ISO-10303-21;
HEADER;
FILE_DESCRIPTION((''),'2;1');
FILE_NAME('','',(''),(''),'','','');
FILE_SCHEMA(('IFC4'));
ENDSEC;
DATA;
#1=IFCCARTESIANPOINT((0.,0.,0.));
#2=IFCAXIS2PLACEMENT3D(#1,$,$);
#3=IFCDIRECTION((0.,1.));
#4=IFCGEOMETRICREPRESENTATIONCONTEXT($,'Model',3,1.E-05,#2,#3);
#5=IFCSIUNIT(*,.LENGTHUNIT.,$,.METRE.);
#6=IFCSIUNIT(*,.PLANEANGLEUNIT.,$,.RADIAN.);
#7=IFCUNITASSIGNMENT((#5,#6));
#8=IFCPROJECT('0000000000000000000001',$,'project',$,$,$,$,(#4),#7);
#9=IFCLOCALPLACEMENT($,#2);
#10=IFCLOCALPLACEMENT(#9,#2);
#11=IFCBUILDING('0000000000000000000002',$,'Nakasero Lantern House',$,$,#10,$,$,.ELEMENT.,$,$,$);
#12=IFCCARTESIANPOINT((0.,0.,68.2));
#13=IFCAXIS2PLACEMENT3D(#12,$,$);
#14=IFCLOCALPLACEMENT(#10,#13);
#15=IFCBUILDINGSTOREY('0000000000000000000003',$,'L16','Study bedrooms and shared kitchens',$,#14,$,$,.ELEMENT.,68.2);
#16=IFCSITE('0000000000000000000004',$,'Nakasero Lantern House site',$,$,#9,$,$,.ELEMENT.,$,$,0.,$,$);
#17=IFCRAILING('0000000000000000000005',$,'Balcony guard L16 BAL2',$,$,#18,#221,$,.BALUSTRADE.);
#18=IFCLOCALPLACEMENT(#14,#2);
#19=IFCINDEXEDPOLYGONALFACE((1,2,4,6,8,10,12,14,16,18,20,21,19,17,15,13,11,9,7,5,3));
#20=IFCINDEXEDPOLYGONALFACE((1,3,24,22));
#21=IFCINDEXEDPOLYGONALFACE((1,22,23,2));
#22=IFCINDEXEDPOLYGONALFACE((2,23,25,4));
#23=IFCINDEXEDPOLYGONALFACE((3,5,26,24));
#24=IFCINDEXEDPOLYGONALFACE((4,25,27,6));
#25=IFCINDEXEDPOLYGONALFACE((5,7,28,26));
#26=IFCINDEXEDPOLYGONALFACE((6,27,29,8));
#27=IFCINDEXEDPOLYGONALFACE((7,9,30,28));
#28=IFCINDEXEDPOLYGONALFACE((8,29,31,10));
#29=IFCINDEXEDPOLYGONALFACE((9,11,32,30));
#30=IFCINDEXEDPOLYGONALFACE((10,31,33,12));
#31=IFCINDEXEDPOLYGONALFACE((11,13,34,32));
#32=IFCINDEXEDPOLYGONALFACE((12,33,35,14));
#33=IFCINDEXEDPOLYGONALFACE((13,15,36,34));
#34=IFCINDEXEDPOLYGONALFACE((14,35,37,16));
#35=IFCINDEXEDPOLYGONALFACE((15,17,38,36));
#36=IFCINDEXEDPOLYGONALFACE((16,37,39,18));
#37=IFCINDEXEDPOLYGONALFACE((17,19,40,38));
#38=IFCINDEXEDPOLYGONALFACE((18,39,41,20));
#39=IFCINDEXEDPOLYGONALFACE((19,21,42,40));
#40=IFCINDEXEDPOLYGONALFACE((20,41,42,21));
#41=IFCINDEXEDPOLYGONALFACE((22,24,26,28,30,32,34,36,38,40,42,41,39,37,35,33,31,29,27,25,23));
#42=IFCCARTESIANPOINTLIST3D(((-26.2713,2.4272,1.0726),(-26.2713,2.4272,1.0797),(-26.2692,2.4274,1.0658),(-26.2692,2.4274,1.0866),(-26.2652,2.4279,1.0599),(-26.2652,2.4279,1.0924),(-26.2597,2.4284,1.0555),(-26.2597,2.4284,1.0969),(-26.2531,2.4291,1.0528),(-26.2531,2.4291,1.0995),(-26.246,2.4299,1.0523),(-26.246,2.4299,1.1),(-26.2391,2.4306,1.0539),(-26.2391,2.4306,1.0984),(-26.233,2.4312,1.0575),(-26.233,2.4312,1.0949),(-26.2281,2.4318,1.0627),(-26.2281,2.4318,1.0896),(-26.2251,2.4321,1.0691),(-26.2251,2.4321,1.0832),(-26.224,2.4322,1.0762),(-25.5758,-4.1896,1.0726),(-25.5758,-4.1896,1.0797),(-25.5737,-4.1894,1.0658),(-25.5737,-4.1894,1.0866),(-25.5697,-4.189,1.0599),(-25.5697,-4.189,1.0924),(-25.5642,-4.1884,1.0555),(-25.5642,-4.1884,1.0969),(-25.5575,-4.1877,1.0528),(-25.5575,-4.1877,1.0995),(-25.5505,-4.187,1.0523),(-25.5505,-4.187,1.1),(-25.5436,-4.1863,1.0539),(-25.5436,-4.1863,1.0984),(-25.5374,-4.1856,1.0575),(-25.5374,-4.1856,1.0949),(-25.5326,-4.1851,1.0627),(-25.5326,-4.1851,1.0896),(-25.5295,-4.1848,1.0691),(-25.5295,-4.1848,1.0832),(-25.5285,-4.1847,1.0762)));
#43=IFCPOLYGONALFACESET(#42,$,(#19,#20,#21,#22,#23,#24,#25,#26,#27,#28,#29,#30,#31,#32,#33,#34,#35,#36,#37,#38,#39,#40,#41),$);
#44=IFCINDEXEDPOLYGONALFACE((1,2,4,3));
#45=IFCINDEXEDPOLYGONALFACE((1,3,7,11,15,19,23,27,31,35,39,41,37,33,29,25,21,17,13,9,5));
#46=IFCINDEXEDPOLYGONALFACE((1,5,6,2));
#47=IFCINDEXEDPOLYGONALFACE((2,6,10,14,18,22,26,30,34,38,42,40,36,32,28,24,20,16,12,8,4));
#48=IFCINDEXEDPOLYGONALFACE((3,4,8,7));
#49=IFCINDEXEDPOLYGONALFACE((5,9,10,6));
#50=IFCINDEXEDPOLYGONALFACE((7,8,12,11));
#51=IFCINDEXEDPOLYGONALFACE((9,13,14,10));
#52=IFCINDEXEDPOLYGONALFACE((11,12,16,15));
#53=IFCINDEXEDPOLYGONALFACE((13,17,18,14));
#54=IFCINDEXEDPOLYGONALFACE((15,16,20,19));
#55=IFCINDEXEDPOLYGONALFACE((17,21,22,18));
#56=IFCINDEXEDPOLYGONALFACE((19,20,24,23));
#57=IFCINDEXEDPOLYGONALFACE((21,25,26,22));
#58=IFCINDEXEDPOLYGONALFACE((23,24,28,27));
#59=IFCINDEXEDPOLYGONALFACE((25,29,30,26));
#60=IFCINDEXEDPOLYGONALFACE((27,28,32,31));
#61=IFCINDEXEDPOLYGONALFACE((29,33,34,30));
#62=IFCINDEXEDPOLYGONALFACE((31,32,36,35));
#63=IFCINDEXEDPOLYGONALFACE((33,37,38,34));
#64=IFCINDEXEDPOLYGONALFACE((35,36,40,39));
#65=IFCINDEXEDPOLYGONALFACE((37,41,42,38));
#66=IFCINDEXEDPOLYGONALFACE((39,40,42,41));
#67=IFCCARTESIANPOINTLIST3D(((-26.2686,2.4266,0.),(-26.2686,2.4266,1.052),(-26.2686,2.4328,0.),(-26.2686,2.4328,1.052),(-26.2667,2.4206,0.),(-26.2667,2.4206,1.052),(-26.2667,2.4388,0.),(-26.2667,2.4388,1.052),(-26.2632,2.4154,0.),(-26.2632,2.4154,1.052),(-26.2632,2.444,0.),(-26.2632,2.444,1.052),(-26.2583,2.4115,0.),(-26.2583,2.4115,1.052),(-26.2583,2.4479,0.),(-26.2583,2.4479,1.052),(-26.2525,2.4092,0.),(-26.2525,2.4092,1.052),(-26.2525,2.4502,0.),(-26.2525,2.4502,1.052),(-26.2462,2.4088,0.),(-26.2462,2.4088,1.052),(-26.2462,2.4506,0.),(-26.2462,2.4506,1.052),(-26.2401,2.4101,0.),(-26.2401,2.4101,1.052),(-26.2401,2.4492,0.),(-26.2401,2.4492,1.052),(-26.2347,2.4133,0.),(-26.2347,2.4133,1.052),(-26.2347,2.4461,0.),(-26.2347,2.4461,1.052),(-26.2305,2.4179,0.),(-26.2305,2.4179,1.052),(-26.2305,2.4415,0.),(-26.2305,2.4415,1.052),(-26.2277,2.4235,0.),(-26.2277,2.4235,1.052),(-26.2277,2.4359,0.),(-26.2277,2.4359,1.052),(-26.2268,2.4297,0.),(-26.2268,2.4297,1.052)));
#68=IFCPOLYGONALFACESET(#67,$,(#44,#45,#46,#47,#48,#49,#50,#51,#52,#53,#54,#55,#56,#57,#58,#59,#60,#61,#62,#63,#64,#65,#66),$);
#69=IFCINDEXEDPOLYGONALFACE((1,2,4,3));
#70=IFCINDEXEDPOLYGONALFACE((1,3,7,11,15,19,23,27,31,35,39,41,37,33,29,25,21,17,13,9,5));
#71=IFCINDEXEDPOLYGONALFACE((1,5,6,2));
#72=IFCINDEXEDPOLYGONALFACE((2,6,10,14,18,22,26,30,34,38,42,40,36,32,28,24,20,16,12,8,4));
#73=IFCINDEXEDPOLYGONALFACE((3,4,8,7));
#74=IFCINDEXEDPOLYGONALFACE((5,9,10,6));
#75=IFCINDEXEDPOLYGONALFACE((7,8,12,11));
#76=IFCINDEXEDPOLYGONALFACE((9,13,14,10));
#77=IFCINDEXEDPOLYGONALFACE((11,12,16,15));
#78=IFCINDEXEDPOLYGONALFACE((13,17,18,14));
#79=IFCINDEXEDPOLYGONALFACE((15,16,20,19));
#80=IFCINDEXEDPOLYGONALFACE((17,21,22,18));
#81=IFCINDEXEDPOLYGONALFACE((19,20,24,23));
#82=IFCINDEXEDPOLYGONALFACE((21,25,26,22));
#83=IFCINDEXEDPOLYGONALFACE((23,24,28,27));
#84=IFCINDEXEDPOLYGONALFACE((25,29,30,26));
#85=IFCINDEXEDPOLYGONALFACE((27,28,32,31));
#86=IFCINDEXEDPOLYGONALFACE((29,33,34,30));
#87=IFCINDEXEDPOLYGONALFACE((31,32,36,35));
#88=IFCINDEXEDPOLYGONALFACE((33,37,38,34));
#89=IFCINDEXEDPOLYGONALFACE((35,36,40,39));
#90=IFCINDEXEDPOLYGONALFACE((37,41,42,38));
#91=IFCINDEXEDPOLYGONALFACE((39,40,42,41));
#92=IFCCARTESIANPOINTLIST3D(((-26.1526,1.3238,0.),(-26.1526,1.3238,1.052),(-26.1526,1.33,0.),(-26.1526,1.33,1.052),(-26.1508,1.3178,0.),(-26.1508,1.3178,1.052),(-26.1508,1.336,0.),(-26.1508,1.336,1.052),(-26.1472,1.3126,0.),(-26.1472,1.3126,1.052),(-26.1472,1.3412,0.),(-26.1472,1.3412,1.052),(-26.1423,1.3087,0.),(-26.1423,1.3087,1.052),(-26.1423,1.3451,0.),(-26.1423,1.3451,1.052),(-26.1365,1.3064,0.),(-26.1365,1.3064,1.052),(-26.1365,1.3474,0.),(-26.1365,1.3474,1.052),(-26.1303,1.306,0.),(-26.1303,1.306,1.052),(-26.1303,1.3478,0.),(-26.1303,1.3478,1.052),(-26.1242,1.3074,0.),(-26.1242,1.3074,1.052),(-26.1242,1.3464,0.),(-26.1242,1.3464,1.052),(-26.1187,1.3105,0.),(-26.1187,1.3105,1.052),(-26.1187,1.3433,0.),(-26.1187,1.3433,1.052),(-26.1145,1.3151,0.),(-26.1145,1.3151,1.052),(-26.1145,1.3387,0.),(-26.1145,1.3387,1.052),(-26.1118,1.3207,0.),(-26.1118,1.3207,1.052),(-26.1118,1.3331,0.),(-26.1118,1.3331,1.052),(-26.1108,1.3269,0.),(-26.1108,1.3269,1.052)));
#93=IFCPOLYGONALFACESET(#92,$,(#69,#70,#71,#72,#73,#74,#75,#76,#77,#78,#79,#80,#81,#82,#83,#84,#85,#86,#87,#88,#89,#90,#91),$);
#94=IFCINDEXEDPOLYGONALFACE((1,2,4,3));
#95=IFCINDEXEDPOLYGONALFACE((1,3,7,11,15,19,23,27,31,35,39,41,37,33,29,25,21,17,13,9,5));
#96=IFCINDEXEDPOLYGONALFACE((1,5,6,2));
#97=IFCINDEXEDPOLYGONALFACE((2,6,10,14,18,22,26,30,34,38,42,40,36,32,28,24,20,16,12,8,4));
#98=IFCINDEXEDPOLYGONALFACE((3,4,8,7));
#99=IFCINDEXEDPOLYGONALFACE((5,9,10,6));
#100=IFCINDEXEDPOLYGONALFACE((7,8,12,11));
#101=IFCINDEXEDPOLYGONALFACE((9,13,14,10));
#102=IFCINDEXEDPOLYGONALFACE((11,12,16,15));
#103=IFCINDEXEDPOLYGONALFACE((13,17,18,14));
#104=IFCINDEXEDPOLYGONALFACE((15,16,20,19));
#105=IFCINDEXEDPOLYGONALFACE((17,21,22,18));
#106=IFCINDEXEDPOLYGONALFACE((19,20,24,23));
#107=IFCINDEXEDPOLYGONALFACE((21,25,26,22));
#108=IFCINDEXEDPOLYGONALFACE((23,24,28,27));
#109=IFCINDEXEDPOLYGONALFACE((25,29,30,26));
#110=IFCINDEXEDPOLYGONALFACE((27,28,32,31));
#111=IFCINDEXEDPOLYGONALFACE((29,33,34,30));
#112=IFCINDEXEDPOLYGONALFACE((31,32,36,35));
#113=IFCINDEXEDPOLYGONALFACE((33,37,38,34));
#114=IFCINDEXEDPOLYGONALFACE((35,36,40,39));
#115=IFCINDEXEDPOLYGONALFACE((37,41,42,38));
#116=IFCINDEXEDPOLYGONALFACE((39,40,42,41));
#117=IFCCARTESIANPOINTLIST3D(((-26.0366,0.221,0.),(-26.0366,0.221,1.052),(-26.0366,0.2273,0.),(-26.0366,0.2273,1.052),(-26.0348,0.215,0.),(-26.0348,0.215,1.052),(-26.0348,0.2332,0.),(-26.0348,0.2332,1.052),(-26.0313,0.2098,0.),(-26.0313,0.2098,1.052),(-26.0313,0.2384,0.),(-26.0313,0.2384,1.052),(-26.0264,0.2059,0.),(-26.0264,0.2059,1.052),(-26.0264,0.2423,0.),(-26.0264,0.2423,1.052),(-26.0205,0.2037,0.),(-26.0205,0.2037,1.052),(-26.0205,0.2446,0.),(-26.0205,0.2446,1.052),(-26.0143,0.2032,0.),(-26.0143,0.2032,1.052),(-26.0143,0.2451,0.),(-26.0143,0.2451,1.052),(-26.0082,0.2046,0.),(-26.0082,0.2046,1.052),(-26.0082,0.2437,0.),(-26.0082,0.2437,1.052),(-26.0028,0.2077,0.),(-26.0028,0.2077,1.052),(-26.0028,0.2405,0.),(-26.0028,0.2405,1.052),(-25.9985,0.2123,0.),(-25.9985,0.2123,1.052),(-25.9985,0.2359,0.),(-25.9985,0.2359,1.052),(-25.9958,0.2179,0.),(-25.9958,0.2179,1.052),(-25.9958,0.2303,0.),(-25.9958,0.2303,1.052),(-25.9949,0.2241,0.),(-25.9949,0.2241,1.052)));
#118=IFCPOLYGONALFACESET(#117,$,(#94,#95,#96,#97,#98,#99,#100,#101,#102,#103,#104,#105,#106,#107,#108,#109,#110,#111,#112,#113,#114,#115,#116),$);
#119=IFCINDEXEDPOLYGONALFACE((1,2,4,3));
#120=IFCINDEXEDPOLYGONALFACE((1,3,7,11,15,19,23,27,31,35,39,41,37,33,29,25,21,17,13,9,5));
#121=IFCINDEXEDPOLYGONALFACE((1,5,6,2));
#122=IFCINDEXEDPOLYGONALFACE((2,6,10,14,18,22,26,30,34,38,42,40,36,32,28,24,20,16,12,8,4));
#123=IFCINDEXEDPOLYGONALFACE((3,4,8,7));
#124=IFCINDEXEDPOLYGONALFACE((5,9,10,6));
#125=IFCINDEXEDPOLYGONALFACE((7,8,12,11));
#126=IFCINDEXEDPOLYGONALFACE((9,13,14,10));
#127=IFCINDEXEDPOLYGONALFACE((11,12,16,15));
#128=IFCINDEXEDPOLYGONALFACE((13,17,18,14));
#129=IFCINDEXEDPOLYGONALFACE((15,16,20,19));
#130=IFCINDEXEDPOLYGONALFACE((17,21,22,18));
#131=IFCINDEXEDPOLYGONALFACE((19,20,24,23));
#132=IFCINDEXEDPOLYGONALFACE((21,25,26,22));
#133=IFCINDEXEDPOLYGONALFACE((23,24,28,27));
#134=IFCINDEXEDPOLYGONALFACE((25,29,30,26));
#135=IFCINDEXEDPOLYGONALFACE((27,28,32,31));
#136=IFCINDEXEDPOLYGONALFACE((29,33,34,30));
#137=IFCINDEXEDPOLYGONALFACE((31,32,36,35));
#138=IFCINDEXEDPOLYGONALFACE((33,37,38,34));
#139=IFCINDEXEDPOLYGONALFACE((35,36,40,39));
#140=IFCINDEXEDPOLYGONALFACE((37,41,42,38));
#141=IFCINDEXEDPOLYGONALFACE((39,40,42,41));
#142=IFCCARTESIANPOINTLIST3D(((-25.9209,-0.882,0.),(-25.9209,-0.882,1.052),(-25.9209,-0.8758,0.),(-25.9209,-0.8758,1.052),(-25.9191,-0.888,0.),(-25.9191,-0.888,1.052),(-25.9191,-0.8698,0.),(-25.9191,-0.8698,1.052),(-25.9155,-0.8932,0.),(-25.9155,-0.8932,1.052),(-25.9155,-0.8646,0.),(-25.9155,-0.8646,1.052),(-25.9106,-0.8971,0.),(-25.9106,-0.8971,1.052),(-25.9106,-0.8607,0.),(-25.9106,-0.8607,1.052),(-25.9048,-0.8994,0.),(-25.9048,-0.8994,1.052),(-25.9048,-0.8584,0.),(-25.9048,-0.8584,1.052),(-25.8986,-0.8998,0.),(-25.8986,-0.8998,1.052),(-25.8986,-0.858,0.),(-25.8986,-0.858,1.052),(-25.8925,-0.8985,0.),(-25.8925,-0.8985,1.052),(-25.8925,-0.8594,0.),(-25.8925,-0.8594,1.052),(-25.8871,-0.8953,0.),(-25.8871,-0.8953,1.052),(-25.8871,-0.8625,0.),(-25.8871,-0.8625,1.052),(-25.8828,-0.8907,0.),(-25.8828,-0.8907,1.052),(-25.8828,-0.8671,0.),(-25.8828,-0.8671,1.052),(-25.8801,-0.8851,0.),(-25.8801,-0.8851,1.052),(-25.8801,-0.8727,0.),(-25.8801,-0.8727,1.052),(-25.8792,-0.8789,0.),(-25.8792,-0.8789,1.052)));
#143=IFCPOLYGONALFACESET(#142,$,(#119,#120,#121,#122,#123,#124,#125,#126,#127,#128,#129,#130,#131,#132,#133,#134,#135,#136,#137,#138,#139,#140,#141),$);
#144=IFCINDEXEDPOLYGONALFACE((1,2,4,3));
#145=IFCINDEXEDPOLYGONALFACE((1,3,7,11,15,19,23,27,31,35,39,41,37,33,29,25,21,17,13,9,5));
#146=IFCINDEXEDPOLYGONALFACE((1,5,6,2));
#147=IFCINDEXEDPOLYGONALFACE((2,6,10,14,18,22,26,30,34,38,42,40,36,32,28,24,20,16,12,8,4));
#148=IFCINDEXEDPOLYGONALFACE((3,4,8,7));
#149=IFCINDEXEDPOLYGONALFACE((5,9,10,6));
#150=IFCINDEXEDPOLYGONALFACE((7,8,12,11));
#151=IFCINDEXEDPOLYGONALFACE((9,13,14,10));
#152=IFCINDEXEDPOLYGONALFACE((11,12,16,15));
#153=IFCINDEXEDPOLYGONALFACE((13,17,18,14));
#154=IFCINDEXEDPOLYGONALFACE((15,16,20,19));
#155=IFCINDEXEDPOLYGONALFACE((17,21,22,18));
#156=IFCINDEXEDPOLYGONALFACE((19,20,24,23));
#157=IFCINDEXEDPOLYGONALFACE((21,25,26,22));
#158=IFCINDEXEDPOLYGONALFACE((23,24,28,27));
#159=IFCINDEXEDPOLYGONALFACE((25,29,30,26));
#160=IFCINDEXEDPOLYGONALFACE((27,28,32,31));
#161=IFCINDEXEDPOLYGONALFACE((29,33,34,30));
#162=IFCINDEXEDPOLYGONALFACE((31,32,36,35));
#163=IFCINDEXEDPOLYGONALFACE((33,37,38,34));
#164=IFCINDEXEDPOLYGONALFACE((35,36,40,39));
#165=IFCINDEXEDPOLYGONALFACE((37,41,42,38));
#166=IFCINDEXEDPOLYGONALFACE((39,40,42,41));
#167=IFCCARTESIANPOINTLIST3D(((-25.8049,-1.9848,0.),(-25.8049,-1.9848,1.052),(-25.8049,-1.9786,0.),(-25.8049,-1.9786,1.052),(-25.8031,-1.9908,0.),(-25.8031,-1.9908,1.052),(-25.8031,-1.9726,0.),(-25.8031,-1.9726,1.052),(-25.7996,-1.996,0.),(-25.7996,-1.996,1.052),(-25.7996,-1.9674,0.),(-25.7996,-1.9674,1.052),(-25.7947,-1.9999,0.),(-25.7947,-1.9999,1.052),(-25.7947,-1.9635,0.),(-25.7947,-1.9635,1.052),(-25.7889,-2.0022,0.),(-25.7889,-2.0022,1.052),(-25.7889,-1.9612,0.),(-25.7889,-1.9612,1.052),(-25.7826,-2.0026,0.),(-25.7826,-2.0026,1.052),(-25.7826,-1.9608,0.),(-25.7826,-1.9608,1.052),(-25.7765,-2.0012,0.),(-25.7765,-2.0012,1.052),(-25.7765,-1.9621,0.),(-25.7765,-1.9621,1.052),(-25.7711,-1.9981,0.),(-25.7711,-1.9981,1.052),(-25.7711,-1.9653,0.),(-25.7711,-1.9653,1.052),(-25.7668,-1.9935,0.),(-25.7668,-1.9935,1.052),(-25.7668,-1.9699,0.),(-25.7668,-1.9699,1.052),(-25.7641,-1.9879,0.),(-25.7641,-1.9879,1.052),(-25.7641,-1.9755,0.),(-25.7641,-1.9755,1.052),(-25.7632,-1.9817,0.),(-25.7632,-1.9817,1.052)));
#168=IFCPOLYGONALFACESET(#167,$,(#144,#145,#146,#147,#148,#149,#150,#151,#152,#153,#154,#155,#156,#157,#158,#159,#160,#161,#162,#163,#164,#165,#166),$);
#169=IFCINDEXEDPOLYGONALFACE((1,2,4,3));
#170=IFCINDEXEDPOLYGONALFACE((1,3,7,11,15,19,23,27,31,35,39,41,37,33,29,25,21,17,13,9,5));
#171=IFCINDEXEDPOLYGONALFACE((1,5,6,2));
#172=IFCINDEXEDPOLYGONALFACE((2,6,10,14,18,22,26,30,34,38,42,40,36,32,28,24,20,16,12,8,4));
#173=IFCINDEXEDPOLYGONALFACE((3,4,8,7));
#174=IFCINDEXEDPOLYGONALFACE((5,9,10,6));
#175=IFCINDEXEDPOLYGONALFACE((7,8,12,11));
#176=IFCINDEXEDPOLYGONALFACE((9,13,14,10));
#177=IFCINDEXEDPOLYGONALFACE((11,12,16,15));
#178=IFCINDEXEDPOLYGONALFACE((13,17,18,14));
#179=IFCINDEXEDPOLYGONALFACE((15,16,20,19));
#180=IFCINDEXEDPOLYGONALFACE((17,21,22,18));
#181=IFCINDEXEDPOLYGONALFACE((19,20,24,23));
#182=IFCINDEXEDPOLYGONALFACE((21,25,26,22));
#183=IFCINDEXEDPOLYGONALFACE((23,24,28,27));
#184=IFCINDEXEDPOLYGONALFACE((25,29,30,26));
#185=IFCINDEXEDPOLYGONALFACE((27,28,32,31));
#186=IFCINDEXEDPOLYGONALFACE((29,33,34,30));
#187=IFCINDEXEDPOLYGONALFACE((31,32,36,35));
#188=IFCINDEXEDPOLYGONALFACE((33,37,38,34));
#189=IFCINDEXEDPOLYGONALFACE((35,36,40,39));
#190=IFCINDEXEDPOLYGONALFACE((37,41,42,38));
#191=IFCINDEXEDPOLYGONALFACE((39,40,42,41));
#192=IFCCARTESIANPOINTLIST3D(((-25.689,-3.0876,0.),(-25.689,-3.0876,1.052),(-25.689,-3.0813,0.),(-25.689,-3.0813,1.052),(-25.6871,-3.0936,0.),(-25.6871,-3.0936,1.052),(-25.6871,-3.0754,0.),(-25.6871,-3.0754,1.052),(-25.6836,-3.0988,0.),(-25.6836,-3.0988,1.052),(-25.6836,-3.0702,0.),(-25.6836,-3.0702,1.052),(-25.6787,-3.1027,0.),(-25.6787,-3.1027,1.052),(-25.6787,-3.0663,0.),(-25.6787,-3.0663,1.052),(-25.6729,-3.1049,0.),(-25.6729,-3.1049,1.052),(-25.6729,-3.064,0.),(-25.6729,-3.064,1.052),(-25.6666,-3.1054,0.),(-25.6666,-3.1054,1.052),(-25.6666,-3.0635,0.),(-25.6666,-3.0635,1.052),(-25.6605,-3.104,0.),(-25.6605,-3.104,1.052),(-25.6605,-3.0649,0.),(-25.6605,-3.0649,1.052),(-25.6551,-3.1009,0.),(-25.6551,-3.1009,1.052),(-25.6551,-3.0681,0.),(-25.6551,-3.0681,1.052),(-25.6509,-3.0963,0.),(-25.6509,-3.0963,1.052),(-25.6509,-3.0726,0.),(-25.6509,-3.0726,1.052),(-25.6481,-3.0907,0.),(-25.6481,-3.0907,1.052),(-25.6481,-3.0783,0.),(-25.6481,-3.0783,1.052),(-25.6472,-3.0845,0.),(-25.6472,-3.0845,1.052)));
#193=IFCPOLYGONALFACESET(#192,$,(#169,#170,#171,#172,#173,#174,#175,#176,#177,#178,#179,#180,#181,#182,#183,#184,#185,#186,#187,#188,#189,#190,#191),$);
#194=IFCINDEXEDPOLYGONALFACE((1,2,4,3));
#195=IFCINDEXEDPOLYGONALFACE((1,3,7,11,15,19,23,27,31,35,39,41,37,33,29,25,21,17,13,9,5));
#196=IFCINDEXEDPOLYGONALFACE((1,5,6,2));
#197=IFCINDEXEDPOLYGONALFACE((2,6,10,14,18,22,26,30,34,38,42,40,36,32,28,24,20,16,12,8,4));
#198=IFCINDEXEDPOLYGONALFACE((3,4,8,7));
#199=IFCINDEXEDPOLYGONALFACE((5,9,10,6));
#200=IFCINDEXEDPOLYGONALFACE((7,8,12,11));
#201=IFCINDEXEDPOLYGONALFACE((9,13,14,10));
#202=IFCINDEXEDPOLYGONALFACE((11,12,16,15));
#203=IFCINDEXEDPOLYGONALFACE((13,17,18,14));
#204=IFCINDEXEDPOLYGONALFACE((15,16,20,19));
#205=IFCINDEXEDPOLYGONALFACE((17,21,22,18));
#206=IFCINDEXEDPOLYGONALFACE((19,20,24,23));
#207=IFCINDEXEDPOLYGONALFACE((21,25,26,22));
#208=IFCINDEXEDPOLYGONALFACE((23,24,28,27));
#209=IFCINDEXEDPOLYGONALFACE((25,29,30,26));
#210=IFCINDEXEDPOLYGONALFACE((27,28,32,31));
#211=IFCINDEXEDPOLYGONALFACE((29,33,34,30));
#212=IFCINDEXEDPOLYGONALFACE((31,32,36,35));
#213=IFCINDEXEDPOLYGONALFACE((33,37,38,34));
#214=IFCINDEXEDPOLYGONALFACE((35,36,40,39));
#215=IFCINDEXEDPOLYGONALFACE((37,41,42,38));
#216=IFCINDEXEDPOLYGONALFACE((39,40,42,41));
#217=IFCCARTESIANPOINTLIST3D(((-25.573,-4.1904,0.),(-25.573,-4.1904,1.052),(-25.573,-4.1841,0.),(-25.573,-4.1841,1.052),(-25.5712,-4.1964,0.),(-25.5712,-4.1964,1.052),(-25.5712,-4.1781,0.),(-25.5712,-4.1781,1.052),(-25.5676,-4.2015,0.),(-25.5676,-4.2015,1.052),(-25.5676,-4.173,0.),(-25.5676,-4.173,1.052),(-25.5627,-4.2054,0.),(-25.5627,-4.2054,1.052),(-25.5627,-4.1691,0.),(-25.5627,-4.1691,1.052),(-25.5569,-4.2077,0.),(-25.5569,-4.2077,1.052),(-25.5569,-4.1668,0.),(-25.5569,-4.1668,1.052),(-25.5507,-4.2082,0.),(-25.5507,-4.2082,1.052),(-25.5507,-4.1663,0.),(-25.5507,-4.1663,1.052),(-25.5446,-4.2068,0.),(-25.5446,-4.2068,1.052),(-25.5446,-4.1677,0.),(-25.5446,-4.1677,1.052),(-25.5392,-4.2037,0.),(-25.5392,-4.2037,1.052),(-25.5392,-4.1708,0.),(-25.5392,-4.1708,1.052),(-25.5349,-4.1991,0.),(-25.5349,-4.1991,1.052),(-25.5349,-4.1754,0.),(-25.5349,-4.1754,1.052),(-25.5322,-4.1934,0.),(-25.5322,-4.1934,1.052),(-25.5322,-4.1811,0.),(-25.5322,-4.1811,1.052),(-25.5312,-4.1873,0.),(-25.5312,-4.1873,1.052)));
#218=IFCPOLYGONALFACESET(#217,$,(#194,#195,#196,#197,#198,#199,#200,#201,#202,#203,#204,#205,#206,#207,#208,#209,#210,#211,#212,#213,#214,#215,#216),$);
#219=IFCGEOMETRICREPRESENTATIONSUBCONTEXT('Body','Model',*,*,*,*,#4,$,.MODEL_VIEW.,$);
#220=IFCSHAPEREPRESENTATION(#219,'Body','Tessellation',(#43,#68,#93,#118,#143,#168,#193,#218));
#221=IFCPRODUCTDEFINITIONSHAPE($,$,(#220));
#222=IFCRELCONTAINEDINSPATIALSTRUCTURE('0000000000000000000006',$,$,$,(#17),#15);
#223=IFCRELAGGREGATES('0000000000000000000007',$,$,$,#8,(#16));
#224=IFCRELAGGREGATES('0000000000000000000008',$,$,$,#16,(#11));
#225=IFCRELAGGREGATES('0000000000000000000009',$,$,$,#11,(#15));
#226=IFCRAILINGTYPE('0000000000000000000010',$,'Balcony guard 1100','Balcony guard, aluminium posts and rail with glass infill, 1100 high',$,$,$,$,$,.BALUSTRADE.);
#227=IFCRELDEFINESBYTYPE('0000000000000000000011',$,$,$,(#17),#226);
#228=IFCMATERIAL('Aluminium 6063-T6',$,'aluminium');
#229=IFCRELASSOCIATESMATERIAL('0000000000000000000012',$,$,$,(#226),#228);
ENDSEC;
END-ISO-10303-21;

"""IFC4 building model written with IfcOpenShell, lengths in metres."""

from ifc_helpers import new_model, si_unit, direction, frame, origin, origin_2d, place, context, subcontext, project, spatial, circle, extrude, material, type_object, element, save


model = new_model("IFC4")

# Units and contexts
model_context = context("Model", 3, precision=1e-05, world=origin(), true_north=direction((0.0, 1.0)))
body_context = subcontext(model_context, "Body", "Model", "MODEL_VIEW")
ifc_project = project(units=[si_unit("LENGTHUNIT", "METRE"), si_unit("PLANEANGLEUNIT", "RADIAN")], contexts=[model_context])

# Site, building, storey
site_placement = place(None, origin())
site = spatial("IfcSite", under=ifc_project, at=site_placement, Name="Nakasero Lantern House site", CompositionType="ELEMENT", RefElevation=0.0)
building_placement = place(site_placement, origin())
building = spatial("IfcBuilding", under=site, at=building_placement, Name="Nakasero Lantern House", CompositionType="ELEMENT")
storey_placement = place(building_placement, frame((0.0, 0.0, 68.2)))
storey = spatial("IfcBuildingStorey", under=building, at=storey_placement, Name="L16", Description="Study bedrooms and shared kitchens", CompositionType="ELEMENT", Elevation=68.2)

# Railing
ifc_material_1 = material(Name="Aluminium 6063-T6", Category="aluminium")
railing_type = type_object("IfcRailingType", Name="Balcony guard 1100", Description="Balcony guard, aluminium posts and rail with glass infill, 1100 high", PredefinedType="BALUSTRADE", material=ifc_material_1)
railing_placement = place(storey_placement, frame((-26.2478, 2.4297, 0.0)))
element("IfcRailing", 1, at=railing_placement, inside=storey, type_object=railing_type, Name="Balcony guard L16 BAL2", PredefinedType="BALUSTRADE", context=body_context, shape_type="SweptSolid", body=[
    extrude(circle(Radius=0.0239, at=origin_2d()), frame((0.0, 0.0, 1.0762), z_axis=(0.104542, -0.994521, 0.0), x_axis=(0.994521, 0.104542, 0.0)), (0.0, 0.0, 1.0), 6.6533),
    extrude(circle(Radius=0.021, at=origin_2d()), origin(), (0.0, 0.0, 1.0), 1.052),
    extrude(circle(Radius=0.021, at=origin_2d()), frame((0.116, -1.1028, 0.0)), (0.0, 0.0, 1.0), 1.052),
    extrude(circle(Radius=0.021, at=origin_2d()), frame((0.2319, -2.2056, 0.0)), (0.0, 0.0, 1.0), 1.052),
    extrude(circle(Radius=0.021, at=origin_2d()), frame((0.3477, -3.3086, 0.0)), (0.0, 0.0, 1.0), 1.052),
    extrude(circle(Radius=0.021, at=origin_2d()), frame((0.4636, -4.4114, 0.0)), (0.0, 0.0, 1.0), 1.052),
    extrude(circle(Radius=0.021, at=origin_2d()), frame((0.5796, -5.5142, 0.0)), (0.0, 0.0, 1.0), 1.052),
    extrude(circle(Radius=0.021, at=origin_2d()), frame((0.6956, -6.6169, 0.0)), (0.0, 0.0, 1.0), 1.052),
])

save(model, "model.ifc")
